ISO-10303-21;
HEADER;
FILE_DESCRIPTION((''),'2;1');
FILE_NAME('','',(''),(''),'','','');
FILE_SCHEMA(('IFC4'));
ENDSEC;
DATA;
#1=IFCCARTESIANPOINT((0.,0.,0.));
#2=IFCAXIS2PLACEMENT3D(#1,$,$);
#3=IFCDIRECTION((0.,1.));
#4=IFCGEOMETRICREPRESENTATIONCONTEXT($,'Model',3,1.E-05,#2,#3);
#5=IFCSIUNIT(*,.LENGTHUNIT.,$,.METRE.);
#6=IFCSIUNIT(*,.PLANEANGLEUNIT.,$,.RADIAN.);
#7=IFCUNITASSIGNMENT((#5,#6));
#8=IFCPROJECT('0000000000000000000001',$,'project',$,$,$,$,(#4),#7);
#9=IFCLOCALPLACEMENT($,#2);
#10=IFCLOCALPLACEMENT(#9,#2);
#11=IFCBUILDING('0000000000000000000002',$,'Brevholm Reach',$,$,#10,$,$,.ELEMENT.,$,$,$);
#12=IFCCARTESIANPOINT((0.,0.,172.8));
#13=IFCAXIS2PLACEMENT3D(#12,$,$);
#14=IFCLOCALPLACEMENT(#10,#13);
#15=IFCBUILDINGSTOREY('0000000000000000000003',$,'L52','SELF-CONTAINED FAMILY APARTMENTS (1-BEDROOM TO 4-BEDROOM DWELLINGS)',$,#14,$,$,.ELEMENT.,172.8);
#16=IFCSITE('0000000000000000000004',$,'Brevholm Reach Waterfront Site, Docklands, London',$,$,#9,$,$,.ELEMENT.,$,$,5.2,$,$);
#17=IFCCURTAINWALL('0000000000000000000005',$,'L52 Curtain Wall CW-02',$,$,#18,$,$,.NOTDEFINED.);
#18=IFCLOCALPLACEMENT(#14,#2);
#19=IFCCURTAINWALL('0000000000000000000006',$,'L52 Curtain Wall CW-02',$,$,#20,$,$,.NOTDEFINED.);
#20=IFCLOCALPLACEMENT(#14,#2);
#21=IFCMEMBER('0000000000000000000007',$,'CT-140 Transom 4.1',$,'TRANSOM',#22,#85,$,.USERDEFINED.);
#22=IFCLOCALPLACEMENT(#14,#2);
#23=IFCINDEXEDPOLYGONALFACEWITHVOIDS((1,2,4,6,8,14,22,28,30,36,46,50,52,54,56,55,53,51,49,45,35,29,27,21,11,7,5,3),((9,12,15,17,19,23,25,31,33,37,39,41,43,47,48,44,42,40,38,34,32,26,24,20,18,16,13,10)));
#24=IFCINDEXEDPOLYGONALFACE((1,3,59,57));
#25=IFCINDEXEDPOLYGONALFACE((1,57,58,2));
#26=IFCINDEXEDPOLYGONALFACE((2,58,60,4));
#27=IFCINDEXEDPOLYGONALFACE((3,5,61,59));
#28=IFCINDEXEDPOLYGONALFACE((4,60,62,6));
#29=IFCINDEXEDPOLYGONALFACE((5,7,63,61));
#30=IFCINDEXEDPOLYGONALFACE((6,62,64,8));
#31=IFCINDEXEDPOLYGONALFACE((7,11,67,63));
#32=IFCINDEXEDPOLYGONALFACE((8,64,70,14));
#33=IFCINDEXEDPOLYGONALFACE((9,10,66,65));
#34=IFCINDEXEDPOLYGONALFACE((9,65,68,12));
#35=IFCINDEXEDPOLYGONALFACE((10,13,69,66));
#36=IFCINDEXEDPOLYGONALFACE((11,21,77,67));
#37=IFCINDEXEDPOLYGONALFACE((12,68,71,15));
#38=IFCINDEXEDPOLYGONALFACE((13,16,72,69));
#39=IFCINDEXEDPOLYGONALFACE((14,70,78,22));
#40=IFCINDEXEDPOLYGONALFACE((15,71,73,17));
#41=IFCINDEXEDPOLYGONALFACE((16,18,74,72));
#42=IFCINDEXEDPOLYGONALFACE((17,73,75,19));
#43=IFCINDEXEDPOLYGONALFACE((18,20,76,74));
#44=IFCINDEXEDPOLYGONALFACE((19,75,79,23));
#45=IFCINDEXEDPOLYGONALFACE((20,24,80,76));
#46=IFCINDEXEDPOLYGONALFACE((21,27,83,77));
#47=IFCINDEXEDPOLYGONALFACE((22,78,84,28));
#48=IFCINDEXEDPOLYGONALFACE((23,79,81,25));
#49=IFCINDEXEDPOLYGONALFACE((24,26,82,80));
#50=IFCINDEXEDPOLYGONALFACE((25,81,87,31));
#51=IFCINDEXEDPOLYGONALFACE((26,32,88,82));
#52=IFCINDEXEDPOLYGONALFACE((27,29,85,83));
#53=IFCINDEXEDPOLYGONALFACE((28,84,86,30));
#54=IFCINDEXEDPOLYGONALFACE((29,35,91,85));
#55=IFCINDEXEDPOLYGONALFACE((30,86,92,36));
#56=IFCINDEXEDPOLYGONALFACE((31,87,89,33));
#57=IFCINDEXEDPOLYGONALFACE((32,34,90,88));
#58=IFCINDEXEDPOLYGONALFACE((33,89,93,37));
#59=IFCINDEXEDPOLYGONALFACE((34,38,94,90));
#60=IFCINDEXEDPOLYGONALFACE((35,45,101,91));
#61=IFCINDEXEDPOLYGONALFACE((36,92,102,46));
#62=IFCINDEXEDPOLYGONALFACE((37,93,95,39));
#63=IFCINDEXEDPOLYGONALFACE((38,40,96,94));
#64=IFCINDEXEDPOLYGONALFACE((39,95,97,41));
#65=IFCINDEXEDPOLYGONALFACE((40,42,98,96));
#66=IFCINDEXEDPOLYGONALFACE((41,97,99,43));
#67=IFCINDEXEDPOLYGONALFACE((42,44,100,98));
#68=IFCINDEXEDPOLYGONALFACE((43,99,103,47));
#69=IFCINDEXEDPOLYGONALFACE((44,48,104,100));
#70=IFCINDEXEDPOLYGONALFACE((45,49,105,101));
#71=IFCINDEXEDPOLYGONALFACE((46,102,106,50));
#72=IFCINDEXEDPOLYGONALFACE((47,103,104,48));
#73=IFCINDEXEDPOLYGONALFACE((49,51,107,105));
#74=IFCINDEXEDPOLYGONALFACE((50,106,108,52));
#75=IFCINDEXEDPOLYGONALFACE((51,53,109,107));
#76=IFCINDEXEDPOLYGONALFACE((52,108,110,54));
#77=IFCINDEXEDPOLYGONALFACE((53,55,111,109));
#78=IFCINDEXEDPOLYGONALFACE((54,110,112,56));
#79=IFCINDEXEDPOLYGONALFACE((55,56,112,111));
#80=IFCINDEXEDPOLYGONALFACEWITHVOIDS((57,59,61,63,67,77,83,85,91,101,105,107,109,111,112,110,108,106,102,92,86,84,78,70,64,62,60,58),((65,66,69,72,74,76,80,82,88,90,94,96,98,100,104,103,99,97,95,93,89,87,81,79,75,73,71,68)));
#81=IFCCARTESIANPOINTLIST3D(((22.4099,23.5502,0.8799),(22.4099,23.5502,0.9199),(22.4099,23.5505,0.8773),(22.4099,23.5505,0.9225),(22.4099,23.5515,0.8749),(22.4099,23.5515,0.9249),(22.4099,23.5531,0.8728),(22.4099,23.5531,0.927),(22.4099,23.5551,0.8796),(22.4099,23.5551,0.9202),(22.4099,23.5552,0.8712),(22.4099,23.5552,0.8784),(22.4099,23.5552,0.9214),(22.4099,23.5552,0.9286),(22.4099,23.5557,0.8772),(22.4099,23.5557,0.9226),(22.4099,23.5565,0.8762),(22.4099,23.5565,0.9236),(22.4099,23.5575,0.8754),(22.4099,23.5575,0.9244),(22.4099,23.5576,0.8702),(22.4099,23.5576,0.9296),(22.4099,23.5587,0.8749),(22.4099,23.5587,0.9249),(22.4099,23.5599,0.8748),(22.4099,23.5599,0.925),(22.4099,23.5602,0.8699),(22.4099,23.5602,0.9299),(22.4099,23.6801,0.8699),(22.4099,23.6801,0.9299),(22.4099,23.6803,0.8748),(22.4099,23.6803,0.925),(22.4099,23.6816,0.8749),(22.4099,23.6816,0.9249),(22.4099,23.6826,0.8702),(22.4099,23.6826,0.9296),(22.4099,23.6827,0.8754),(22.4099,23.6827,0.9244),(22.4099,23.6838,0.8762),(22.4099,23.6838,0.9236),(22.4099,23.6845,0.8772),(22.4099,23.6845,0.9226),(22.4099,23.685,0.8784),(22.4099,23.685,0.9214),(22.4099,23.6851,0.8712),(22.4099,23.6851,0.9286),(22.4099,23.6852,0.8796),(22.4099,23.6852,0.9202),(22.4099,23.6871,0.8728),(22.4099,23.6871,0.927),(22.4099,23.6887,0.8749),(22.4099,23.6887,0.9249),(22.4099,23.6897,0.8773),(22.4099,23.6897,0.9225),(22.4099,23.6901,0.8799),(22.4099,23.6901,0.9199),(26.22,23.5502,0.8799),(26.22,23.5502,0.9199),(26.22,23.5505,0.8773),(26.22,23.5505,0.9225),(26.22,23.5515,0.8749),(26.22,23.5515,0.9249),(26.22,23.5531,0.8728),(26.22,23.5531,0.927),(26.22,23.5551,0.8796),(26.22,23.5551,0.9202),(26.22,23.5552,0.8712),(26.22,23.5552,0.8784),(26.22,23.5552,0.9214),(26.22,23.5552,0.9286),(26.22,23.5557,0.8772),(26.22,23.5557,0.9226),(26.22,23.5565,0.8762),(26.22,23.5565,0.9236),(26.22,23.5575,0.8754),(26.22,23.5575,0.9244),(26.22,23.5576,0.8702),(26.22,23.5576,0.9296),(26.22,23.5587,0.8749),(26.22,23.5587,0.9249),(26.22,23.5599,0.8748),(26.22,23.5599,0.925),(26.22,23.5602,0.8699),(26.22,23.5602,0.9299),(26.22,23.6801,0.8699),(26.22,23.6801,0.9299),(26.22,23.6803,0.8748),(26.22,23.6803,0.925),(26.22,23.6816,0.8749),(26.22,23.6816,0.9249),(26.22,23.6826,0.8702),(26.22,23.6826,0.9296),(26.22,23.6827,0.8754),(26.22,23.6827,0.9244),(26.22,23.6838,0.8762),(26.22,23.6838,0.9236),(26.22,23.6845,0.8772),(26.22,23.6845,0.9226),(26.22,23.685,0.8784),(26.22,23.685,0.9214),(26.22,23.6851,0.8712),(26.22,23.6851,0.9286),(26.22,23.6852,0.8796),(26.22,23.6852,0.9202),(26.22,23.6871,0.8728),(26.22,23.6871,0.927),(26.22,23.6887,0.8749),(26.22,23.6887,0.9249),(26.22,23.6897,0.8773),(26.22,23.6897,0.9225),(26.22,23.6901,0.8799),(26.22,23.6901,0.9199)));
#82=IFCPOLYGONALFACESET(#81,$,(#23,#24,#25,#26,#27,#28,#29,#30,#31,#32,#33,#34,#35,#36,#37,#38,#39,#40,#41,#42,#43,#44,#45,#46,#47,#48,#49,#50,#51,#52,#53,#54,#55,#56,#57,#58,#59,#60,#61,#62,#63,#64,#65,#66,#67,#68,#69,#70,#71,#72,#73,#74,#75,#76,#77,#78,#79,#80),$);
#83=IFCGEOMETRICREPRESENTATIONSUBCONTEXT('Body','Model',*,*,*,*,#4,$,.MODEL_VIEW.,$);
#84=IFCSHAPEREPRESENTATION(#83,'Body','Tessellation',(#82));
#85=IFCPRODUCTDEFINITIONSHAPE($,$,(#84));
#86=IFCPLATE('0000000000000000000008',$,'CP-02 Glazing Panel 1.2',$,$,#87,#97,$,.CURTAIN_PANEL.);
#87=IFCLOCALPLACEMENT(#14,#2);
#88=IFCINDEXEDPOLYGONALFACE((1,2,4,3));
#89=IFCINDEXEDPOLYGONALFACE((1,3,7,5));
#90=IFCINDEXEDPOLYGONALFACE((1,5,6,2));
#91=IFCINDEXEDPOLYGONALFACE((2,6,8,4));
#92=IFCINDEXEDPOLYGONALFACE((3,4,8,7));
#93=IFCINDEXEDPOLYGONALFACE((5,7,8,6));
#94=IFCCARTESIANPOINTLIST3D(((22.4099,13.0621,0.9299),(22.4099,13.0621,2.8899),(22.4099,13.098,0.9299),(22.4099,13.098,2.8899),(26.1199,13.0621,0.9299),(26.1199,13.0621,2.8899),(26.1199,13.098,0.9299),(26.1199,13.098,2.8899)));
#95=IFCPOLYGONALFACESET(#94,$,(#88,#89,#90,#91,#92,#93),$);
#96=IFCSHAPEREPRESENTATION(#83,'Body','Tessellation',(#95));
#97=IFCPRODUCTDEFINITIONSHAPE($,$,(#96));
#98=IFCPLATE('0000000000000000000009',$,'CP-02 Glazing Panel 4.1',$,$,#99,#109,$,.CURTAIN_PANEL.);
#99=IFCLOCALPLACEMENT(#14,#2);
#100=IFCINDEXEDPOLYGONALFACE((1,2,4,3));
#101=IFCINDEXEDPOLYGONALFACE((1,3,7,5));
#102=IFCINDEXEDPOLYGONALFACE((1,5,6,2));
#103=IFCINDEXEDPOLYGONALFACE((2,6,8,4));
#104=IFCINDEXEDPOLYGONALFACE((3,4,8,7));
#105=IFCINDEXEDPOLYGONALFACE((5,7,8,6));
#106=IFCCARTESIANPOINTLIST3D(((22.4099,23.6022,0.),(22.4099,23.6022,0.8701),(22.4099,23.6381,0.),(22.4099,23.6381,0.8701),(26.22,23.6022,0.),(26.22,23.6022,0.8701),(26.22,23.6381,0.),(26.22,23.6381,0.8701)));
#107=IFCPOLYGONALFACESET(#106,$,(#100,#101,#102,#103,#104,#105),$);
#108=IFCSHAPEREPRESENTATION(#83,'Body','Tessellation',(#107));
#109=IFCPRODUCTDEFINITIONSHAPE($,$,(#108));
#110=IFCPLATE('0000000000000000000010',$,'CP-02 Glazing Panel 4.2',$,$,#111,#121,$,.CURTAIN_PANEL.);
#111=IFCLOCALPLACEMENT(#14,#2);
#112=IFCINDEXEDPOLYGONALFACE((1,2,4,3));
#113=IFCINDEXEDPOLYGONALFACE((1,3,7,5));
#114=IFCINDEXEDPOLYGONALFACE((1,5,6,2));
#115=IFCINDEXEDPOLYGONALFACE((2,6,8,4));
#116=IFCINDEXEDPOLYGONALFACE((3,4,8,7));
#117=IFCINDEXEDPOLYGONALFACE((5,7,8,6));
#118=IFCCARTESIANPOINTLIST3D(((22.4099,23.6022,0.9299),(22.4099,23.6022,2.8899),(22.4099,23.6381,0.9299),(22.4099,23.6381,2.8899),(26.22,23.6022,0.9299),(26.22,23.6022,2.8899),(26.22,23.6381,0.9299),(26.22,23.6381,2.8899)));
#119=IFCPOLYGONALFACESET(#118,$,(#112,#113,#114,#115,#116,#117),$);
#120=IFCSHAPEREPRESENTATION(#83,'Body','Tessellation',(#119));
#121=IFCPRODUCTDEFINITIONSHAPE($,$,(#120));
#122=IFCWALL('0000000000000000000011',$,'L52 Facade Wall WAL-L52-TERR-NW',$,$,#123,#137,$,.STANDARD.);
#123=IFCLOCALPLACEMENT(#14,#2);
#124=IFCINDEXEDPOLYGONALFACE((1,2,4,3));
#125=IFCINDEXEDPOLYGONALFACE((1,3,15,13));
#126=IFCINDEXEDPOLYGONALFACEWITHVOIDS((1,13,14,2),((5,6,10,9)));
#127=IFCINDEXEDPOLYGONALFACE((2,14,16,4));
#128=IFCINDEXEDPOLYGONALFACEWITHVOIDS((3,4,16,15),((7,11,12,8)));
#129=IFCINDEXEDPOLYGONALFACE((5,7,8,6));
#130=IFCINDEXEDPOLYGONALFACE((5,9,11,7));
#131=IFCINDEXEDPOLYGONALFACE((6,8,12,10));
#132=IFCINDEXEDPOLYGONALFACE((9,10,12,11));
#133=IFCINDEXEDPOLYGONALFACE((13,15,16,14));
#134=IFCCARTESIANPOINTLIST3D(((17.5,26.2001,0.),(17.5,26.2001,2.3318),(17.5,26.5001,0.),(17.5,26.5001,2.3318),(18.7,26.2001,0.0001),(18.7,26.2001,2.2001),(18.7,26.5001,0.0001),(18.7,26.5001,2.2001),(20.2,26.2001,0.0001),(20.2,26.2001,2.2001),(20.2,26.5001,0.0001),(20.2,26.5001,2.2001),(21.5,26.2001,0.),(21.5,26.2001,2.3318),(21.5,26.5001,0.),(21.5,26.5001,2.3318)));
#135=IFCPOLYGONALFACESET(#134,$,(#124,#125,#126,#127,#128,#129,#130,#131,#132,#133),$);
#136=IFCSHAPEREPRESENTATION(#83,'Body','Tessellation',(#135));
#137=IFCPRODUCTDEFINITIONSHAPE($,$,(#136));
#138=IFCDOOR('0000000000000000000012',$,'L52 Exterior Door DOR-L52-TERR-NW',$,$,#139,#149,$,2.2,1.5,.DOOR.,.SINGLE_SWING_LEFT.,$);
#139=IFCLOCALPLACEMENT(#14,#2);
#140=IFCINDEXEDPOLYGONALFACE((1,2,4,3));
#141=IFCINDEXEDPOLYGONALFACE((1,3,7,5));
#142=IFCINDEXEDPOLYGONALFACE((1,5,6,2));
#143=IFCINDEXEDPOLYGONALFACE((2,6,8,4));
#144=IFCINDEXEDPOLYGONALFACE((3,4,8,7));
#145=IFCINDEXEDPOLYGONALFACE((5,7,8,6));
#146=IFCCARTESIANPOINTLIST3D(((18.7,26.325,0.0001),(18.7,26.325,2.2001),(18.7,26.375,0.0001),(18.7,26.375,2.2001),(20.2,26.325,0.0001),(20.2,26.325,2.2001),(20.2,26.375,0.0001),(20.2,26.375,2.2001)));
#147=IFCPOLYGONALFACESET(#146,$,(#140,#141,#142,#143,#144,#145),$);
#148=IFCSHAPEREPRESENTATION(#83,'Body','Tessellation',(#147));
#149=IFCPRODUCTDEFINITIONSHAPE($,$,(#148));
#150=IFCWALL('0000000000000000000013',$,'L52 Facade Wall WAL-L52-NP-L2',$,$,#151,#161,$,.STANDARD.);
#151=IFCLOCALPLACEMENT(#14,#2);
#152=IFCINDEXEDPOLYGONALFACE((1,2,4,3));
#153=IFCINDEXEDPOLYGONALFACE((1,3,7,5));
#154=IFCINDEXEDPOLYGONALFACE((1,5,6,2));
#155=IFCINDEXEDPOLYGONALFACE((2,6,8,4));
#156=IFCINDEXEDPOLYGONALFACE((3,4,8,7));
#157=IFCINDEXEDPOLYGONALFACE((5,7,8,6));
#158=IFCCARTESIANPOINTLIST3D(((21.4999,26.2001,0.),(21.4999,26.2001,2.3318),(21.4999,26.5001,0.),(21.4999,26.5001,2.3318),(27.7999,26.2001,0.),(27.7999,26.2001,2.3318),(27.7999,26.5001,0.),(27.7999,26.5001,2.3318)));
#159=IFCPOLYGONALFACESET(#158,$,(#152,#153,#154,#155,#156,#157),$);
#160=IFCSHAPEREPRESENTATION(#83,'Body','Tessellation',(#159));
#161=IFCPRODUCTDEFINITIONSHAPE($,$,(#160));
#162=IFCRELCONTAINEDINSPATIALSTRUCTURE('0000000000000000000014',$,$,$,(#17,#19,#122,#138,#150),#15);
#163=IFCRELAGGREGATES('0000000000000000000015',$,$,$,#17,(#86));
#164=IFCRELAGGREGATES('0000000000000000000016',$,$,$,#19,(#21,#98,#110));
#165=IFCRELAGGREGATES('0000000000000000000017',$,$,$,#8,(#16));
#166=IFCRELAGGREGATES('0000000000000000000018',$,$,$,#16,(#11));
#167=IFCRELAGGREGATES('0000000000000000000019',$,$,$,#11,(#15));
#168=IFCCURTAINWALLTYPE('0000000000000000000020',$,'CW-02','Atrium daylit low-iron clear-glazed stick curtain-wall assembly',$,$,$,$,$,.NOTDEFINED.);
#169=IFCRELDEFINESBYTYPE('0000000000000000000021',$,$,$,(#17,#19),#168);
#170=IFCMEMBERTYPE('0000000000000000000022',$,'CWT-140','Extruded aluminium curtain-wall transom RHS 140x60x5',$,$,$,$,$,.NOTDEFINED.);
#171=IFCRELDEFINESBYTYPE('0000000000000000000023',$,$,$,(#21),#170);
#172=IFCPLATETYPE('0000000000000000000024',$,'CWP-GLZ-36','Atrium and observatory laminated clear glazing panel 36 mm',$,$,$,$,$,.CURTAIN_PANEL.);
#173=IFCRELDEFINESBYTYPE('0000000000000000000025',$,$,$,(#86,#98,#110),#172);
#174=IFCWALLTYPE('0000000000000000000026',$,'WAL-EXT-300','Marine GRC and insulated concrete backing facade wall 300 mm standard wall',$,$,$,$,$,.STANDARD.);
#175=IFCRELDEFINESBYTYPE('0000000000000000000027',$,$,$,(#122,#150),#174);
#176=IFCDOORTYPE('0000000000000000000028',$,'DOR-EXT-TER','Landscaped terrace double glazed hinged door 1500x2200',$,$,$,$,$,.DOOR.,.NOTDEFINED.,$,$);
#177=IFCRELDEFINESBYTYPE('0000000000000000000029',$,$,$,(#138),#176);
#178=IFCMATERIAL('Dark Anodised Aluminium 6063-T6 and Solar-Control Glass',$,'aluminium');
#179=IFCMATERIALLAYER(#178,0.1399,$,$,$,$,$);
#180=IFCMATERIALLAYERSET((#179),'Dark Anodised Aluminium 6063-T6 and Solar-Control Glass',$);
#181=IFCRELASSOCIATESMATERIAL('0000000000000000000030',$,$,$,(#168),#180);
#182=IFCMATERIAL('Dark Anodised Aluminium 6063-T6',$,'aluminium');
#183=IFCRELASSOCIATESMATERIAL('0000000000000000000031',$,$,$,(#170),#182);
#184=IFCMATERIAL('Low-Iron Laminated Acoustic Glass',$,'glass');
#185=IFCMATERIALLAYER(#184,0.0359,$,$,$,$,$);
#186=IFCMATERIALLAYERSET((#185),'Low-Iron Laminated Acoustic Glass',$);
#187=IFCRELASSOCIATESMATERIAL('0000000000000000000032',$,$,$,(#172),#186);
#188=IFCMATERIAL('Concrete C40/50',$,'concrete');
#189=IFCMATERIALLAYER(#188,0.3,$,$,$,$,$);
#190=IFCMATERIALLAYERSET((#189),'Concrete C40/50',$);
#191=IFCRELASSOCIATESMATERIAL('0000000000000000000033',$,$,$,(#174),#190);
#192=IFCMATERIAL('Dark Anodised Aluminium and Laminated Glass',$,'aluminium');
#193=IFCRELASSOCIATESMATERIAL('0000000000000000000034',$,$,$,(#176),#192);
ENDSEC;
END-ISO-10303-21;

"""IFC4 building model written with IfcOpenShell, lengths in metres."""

from ifc_helpers import new_model, si_unit, direction, frame, frame_2d, origin, origin_2d, place, context, subcontext, project, spatial, rectangle, hollow_rectangle, extrude, material, layer, layer_set, material_profile, profile_set, type_object, element, fill, aggregate, save


model = new_model("IFC4")

# Units and contexts
model_context = context("Model", 3, precision=1e-05, world=origin(), true_north=direction((0.0, 1.0)))
body_context = subcontext(model_context, "Body", "Model", "MODEL_VIEW")
ifc_project = project(units=[si_unit("LENGTHUNIT", "METRE"), si_unit("PLANEANGLEUNIT", "RADIAN")], contexts=[model_context])

# Site, building, storey
site_placement = place(None, origin())
site = spatial("IfcSite", under=ifc_project, at=site_placement, Name="Brevholm Reach Waterfront Site, Docklands, London", CompositionType="ELEMENT", RefElevation=5.2)
building_placement = place(site_placement, origin())
building = spatial("IfcBuilding", under=site, at=building_placement, Name="Brevholm Reach", CompositionType="ELEMENT")
storey_placement = place(building_placement, frame((0.0, 0.0, 172.8)))
storey = spatial("IfcBuildingStorey", under=building, at=storey_placement, Name="L52", Description="SELF-CONTAINED FAMILY APARTMENTS (1-BEDROOM TO 4-BEDROOM DWELLINGS)", CompositionType="ELEMENT", Elevation=172.8)

# Curtain wall
ifc_material_1 = material(Name="Dark Anodised Aluminium 6063-T6 and Solar-Control Glass", Category="aluminium")
ifc_layer_1 = layer(ifc_material_1, 0.1399)
ifc_layer_set_1 = layer_set([ifc_layer_1], Name="Dark Anodised Aluminium 6063-T6 and Solar-Control Glass")
curtain_wall_type = type_object("IfcCurtainWallType", Name="CW-02", Description="Atrium daylit low-iron clear-glazed stick curtain-wall assembly", PredefinedType="NOTDEFINED", material=ifc_layer_set_1)
curtain_wall_1_placement = place(storey_placement, origin())
curtain_wall_1 = element("IfcCurtainWall", 1, at=curtain_wall_1_placement, inside=storey, type_object=curtain_wall_type, Name="L52 Curtain Wall CW-02", PredefinedType="NOTDEFINED")

# Curtain wall
curtain_wall_2_placement = place(storey_placement, origin())
curtain_wall_2 = element("IfcCurtainWall", 2, at=curtain_wall_2_placement, inside=storey, type_object=curtain_wall_type, Name="L52 Curtain Wall CW-02", PredefinedType="NOTDEFINED")

# Member
ifc_material_2 = material(Name="Dark Anodised Aluminium 6063-T6", Category="aluminium")
ifc_material_profile_1 = material_profile(ifc_material_2, hollow_rectangle(XDim=0.0601, YDim=0.1399, WallThickness=0.0049, InnerFilletRadius=0.0049, OuterFilletRadius=0.01, at=origin_2d()), Name="RHS 140x60x5")
ifc_profile_set_1 = profile_set([ifc_material_profile_1], Name="Dark Anodised Aluminium 6063-T6")
member_type_1 = type_object("IfcMemberType", Name="CWT-140", Description="Extruded aluminium curtain-wall transom RHS 140x60x5", PredefinedType="NOTDEFINED", material=ifc_profile_set_1)
member_1_placement = place(storey_placement, frame((26.22, 23.6201, 0.8999), z_axis=(-1.0, 0.0, 0.0), x_axis=(0.0, 0.0, 1.0)))
member_1 = element("IfcMember", 3, at=member_1_placement, type_object=member_type_1, Name="CT-140 Transom 4.1", ObjectType="TRANSOM", PredefinedType="USERDEFINED", context=body_context, shape_type="SweptSolid", body=[
    extrude(hollow_rectangle(XDim=0.0601, YDim=0.1399, WallThickness=0.0049, InnerFilletRadius=0.0049, OuterFilletRadius=0.01, at=origin_2d()), origin(), (0.0, 0.0, 1.0), 3.8101),
])

# Plates
ifc_material_3 = material(Name="Low-Iron Laminated Acoustic Glass", Category="glass")
ifc_layer_2 = layer(ifc_material_3, 0.0359)
ifc_layer_set_2 = layer_set([ifc_layer_2], Name="Low-Iron Laminated Acoustic Glass")
plate_type = type_object("IfcPlateType", Name="CWP-GLZ-36", Description="Atrium and observatory laminated clear glazing panel 36 mm", PredefinedType="CURTAIN_PANEL", material=ifc_layer_set_2)
plate_1_placement = place(storey_placement, frame((24.2649, 13.0801, 0.9299), z_axis=(0.0, 0.0, 1.0), x_axis=(1.0, 0.0, 0.0)))
plate_1 = element("IfcPlate", 4, at=plate_1_placement, type_object=plate_type, Name="CP-02 Glazing Panel 1.2", PredefinedType="CURTAIN_PANEL", context=body_context, shape_type="SweptSolid", body=[
    extrude(rectangle(XDim=3.71, YDim=0.0359, at=origin_2d()), origin(), (0.0, 0.0, 1.0), 1.96),
])
aggregate(curtain_wall_1, [plate_1])
plate_2_placement = place(storey_placement, frame((24.3149, 23.6201, 0.0), z_axis=(0.0, 0.0, 1.0), x_axis=(-1.0, 0.0, 0.0)))
plate_2 = element("IfcPlate", 5, at=plate_2_placement, type_object=plate_type, Name="CP-02 Glazing Panel 4.1", PredefinedType="CURTAIN_PANEL", context=body_context, shape_type="SweptSolid", body=[
    extrude(rectangle(XDim=3.8101, YDim=0.0359, at=origin_2d()), origin(), (0.0, 0.0, 1.0), 0.8701),
])
plate_3_placement = place(storey_placement, frame((24.3149, 23.6201, 0.9299), z_axis=(0.0, 0.0, 1.0), x_axis=(-1.0, 0.0, 0.0)))
plate_3 = element("IfcPlate", 6, at=plate_3_placement, type_object=plate_type, Name="CP-02 Glazing Panel 4.2", PredefinedType="CURTAIN_PANEL", context=body_context, shape_type="SweptSolid", body=[
    extrude(rectangle(XDim=3.8101, YDim=0.0359, at=origin_2d()), origin(), (0.0, 0.0, 1.0), 1.96),
])
aggregate(curtain_wall_2, [member_1, plate_2, plate_3])

# Wall, opening, door
ifc_material_4 = material(Name="Concrete C40/50", Category="concrete")
ifc_layer_3 = layer(ifc_material_4, 0.3)
ifc_layer_set_3 = layer_set([ifc_layer_3], Name="Concrete C40/50")
wall_type_1 = type_object("IfcWallType", Name="WAL-EXT-300", Description="Marine GRC and insulated concrete backing facade wall 300 mm standard wall", PredefinedType="STANDARD", material=ifc_layer_set_3)
wall_1_placement = place(storey_placement, frame((17.5, 26.3501, 0.0), z_axis=(0.0, 0.0, 1.0), x_axis=(1.0, 0.0, 0.0)))
wall_1 = element("IfcWall", 7, at=wall_1_placement, inside=storey, type_object=wall_type_1, Name="L52 Facade Wall WAL-L52-TERR-NW", PredefinedType="STANDARD", context=body_context, shape_type="SweptSolid", body=[
    extrude(rectangle(XDim=4.0, YDim=0.3, at=frame_2d((2.0, 0.0))), origin(), (0.0, 0.0, 1.0), 2.3318),
])
opening_1_placement = place(wall_1_placement, frame((1.2, 0.0, 0.0)))
opening_1 = element("IfcOpeningElement", 8, at=opening_1_placement, cuts=wall_1, PredefinedType="OPENING", context=body_context, shape_type="SweptSolid", body=[
    extrude(rectangle(XDim=1.5, YDim=2.2, at=frame_2d((0.75, 1.1001))), frame((0.0, 0.1599, 0.0), z_axis=(0.0, -1.0, 0.0), x_axis=(1.0, 0.0, 0.0)), (0.0, 0.0, 1.0), 0.3201),
])
ifc_material_5 = material(Name="Dark Anodised Aluminium and Laminated Glass", Category="aluminium")
door_type_1 = type_object("IfcDoorType", Name="DOR-EXT-TER", Description="Landscaped terrace double glazed hinged door 1500x2200", OperationType="NOTDEFINED", PredefinedType="DOOR", material=ifc_material_5)
door_1_placement = place(opening_1_placement, origin())
door_1 = element("IfcDoor", 9, at=door_1_placement, inside=storey, type_object=door_type_1, Name="L52 Exterior Door DOR-L52-TERR-NW", OperationType="SINGLE_SWING_LEFT", OverallHeight=2.2, OverallWidth=1.5, PredefinedType="DOOR", context=body_context, shape_type="SweptSolid", body=[
    extrude(rectangle(XDim=1.5, YDim=2.2, at=frame_2d((0.75, 1.1001))), frame((0.0, 0.0249, 0.0), z_axis=(0.0, -1.0, 0.0), x_axis=(1.0, 0.0, 0.0)), (0.0, 0.0, 1.0), 0.05),
])
fill(opening_1, door_1)

# Wall
wall_2_placement = place(storey_placement, frame((21.5, 26.3501, 0.0), z_axis=(0.0, 0.0, 1.0), x_axis=(1.0, 0.0, 0.0)))
element("IfcWall", 10, at=wall_2_placement, inside=storey, type_object=wall_type_1, Name="L52 Facade Wall WAL-L52-NP-L2", PredefinedType="STANDARD", context=body_context, shape_type="SweptSolid", body=[
    extrude(rectangle(XDim=6.3, YDim=0.3, at=frame_2d((3.1499, 0.0))), origin(), (0.0, 0.0, 1.0), 2.3318),
])

save(model, "model.ifc")
